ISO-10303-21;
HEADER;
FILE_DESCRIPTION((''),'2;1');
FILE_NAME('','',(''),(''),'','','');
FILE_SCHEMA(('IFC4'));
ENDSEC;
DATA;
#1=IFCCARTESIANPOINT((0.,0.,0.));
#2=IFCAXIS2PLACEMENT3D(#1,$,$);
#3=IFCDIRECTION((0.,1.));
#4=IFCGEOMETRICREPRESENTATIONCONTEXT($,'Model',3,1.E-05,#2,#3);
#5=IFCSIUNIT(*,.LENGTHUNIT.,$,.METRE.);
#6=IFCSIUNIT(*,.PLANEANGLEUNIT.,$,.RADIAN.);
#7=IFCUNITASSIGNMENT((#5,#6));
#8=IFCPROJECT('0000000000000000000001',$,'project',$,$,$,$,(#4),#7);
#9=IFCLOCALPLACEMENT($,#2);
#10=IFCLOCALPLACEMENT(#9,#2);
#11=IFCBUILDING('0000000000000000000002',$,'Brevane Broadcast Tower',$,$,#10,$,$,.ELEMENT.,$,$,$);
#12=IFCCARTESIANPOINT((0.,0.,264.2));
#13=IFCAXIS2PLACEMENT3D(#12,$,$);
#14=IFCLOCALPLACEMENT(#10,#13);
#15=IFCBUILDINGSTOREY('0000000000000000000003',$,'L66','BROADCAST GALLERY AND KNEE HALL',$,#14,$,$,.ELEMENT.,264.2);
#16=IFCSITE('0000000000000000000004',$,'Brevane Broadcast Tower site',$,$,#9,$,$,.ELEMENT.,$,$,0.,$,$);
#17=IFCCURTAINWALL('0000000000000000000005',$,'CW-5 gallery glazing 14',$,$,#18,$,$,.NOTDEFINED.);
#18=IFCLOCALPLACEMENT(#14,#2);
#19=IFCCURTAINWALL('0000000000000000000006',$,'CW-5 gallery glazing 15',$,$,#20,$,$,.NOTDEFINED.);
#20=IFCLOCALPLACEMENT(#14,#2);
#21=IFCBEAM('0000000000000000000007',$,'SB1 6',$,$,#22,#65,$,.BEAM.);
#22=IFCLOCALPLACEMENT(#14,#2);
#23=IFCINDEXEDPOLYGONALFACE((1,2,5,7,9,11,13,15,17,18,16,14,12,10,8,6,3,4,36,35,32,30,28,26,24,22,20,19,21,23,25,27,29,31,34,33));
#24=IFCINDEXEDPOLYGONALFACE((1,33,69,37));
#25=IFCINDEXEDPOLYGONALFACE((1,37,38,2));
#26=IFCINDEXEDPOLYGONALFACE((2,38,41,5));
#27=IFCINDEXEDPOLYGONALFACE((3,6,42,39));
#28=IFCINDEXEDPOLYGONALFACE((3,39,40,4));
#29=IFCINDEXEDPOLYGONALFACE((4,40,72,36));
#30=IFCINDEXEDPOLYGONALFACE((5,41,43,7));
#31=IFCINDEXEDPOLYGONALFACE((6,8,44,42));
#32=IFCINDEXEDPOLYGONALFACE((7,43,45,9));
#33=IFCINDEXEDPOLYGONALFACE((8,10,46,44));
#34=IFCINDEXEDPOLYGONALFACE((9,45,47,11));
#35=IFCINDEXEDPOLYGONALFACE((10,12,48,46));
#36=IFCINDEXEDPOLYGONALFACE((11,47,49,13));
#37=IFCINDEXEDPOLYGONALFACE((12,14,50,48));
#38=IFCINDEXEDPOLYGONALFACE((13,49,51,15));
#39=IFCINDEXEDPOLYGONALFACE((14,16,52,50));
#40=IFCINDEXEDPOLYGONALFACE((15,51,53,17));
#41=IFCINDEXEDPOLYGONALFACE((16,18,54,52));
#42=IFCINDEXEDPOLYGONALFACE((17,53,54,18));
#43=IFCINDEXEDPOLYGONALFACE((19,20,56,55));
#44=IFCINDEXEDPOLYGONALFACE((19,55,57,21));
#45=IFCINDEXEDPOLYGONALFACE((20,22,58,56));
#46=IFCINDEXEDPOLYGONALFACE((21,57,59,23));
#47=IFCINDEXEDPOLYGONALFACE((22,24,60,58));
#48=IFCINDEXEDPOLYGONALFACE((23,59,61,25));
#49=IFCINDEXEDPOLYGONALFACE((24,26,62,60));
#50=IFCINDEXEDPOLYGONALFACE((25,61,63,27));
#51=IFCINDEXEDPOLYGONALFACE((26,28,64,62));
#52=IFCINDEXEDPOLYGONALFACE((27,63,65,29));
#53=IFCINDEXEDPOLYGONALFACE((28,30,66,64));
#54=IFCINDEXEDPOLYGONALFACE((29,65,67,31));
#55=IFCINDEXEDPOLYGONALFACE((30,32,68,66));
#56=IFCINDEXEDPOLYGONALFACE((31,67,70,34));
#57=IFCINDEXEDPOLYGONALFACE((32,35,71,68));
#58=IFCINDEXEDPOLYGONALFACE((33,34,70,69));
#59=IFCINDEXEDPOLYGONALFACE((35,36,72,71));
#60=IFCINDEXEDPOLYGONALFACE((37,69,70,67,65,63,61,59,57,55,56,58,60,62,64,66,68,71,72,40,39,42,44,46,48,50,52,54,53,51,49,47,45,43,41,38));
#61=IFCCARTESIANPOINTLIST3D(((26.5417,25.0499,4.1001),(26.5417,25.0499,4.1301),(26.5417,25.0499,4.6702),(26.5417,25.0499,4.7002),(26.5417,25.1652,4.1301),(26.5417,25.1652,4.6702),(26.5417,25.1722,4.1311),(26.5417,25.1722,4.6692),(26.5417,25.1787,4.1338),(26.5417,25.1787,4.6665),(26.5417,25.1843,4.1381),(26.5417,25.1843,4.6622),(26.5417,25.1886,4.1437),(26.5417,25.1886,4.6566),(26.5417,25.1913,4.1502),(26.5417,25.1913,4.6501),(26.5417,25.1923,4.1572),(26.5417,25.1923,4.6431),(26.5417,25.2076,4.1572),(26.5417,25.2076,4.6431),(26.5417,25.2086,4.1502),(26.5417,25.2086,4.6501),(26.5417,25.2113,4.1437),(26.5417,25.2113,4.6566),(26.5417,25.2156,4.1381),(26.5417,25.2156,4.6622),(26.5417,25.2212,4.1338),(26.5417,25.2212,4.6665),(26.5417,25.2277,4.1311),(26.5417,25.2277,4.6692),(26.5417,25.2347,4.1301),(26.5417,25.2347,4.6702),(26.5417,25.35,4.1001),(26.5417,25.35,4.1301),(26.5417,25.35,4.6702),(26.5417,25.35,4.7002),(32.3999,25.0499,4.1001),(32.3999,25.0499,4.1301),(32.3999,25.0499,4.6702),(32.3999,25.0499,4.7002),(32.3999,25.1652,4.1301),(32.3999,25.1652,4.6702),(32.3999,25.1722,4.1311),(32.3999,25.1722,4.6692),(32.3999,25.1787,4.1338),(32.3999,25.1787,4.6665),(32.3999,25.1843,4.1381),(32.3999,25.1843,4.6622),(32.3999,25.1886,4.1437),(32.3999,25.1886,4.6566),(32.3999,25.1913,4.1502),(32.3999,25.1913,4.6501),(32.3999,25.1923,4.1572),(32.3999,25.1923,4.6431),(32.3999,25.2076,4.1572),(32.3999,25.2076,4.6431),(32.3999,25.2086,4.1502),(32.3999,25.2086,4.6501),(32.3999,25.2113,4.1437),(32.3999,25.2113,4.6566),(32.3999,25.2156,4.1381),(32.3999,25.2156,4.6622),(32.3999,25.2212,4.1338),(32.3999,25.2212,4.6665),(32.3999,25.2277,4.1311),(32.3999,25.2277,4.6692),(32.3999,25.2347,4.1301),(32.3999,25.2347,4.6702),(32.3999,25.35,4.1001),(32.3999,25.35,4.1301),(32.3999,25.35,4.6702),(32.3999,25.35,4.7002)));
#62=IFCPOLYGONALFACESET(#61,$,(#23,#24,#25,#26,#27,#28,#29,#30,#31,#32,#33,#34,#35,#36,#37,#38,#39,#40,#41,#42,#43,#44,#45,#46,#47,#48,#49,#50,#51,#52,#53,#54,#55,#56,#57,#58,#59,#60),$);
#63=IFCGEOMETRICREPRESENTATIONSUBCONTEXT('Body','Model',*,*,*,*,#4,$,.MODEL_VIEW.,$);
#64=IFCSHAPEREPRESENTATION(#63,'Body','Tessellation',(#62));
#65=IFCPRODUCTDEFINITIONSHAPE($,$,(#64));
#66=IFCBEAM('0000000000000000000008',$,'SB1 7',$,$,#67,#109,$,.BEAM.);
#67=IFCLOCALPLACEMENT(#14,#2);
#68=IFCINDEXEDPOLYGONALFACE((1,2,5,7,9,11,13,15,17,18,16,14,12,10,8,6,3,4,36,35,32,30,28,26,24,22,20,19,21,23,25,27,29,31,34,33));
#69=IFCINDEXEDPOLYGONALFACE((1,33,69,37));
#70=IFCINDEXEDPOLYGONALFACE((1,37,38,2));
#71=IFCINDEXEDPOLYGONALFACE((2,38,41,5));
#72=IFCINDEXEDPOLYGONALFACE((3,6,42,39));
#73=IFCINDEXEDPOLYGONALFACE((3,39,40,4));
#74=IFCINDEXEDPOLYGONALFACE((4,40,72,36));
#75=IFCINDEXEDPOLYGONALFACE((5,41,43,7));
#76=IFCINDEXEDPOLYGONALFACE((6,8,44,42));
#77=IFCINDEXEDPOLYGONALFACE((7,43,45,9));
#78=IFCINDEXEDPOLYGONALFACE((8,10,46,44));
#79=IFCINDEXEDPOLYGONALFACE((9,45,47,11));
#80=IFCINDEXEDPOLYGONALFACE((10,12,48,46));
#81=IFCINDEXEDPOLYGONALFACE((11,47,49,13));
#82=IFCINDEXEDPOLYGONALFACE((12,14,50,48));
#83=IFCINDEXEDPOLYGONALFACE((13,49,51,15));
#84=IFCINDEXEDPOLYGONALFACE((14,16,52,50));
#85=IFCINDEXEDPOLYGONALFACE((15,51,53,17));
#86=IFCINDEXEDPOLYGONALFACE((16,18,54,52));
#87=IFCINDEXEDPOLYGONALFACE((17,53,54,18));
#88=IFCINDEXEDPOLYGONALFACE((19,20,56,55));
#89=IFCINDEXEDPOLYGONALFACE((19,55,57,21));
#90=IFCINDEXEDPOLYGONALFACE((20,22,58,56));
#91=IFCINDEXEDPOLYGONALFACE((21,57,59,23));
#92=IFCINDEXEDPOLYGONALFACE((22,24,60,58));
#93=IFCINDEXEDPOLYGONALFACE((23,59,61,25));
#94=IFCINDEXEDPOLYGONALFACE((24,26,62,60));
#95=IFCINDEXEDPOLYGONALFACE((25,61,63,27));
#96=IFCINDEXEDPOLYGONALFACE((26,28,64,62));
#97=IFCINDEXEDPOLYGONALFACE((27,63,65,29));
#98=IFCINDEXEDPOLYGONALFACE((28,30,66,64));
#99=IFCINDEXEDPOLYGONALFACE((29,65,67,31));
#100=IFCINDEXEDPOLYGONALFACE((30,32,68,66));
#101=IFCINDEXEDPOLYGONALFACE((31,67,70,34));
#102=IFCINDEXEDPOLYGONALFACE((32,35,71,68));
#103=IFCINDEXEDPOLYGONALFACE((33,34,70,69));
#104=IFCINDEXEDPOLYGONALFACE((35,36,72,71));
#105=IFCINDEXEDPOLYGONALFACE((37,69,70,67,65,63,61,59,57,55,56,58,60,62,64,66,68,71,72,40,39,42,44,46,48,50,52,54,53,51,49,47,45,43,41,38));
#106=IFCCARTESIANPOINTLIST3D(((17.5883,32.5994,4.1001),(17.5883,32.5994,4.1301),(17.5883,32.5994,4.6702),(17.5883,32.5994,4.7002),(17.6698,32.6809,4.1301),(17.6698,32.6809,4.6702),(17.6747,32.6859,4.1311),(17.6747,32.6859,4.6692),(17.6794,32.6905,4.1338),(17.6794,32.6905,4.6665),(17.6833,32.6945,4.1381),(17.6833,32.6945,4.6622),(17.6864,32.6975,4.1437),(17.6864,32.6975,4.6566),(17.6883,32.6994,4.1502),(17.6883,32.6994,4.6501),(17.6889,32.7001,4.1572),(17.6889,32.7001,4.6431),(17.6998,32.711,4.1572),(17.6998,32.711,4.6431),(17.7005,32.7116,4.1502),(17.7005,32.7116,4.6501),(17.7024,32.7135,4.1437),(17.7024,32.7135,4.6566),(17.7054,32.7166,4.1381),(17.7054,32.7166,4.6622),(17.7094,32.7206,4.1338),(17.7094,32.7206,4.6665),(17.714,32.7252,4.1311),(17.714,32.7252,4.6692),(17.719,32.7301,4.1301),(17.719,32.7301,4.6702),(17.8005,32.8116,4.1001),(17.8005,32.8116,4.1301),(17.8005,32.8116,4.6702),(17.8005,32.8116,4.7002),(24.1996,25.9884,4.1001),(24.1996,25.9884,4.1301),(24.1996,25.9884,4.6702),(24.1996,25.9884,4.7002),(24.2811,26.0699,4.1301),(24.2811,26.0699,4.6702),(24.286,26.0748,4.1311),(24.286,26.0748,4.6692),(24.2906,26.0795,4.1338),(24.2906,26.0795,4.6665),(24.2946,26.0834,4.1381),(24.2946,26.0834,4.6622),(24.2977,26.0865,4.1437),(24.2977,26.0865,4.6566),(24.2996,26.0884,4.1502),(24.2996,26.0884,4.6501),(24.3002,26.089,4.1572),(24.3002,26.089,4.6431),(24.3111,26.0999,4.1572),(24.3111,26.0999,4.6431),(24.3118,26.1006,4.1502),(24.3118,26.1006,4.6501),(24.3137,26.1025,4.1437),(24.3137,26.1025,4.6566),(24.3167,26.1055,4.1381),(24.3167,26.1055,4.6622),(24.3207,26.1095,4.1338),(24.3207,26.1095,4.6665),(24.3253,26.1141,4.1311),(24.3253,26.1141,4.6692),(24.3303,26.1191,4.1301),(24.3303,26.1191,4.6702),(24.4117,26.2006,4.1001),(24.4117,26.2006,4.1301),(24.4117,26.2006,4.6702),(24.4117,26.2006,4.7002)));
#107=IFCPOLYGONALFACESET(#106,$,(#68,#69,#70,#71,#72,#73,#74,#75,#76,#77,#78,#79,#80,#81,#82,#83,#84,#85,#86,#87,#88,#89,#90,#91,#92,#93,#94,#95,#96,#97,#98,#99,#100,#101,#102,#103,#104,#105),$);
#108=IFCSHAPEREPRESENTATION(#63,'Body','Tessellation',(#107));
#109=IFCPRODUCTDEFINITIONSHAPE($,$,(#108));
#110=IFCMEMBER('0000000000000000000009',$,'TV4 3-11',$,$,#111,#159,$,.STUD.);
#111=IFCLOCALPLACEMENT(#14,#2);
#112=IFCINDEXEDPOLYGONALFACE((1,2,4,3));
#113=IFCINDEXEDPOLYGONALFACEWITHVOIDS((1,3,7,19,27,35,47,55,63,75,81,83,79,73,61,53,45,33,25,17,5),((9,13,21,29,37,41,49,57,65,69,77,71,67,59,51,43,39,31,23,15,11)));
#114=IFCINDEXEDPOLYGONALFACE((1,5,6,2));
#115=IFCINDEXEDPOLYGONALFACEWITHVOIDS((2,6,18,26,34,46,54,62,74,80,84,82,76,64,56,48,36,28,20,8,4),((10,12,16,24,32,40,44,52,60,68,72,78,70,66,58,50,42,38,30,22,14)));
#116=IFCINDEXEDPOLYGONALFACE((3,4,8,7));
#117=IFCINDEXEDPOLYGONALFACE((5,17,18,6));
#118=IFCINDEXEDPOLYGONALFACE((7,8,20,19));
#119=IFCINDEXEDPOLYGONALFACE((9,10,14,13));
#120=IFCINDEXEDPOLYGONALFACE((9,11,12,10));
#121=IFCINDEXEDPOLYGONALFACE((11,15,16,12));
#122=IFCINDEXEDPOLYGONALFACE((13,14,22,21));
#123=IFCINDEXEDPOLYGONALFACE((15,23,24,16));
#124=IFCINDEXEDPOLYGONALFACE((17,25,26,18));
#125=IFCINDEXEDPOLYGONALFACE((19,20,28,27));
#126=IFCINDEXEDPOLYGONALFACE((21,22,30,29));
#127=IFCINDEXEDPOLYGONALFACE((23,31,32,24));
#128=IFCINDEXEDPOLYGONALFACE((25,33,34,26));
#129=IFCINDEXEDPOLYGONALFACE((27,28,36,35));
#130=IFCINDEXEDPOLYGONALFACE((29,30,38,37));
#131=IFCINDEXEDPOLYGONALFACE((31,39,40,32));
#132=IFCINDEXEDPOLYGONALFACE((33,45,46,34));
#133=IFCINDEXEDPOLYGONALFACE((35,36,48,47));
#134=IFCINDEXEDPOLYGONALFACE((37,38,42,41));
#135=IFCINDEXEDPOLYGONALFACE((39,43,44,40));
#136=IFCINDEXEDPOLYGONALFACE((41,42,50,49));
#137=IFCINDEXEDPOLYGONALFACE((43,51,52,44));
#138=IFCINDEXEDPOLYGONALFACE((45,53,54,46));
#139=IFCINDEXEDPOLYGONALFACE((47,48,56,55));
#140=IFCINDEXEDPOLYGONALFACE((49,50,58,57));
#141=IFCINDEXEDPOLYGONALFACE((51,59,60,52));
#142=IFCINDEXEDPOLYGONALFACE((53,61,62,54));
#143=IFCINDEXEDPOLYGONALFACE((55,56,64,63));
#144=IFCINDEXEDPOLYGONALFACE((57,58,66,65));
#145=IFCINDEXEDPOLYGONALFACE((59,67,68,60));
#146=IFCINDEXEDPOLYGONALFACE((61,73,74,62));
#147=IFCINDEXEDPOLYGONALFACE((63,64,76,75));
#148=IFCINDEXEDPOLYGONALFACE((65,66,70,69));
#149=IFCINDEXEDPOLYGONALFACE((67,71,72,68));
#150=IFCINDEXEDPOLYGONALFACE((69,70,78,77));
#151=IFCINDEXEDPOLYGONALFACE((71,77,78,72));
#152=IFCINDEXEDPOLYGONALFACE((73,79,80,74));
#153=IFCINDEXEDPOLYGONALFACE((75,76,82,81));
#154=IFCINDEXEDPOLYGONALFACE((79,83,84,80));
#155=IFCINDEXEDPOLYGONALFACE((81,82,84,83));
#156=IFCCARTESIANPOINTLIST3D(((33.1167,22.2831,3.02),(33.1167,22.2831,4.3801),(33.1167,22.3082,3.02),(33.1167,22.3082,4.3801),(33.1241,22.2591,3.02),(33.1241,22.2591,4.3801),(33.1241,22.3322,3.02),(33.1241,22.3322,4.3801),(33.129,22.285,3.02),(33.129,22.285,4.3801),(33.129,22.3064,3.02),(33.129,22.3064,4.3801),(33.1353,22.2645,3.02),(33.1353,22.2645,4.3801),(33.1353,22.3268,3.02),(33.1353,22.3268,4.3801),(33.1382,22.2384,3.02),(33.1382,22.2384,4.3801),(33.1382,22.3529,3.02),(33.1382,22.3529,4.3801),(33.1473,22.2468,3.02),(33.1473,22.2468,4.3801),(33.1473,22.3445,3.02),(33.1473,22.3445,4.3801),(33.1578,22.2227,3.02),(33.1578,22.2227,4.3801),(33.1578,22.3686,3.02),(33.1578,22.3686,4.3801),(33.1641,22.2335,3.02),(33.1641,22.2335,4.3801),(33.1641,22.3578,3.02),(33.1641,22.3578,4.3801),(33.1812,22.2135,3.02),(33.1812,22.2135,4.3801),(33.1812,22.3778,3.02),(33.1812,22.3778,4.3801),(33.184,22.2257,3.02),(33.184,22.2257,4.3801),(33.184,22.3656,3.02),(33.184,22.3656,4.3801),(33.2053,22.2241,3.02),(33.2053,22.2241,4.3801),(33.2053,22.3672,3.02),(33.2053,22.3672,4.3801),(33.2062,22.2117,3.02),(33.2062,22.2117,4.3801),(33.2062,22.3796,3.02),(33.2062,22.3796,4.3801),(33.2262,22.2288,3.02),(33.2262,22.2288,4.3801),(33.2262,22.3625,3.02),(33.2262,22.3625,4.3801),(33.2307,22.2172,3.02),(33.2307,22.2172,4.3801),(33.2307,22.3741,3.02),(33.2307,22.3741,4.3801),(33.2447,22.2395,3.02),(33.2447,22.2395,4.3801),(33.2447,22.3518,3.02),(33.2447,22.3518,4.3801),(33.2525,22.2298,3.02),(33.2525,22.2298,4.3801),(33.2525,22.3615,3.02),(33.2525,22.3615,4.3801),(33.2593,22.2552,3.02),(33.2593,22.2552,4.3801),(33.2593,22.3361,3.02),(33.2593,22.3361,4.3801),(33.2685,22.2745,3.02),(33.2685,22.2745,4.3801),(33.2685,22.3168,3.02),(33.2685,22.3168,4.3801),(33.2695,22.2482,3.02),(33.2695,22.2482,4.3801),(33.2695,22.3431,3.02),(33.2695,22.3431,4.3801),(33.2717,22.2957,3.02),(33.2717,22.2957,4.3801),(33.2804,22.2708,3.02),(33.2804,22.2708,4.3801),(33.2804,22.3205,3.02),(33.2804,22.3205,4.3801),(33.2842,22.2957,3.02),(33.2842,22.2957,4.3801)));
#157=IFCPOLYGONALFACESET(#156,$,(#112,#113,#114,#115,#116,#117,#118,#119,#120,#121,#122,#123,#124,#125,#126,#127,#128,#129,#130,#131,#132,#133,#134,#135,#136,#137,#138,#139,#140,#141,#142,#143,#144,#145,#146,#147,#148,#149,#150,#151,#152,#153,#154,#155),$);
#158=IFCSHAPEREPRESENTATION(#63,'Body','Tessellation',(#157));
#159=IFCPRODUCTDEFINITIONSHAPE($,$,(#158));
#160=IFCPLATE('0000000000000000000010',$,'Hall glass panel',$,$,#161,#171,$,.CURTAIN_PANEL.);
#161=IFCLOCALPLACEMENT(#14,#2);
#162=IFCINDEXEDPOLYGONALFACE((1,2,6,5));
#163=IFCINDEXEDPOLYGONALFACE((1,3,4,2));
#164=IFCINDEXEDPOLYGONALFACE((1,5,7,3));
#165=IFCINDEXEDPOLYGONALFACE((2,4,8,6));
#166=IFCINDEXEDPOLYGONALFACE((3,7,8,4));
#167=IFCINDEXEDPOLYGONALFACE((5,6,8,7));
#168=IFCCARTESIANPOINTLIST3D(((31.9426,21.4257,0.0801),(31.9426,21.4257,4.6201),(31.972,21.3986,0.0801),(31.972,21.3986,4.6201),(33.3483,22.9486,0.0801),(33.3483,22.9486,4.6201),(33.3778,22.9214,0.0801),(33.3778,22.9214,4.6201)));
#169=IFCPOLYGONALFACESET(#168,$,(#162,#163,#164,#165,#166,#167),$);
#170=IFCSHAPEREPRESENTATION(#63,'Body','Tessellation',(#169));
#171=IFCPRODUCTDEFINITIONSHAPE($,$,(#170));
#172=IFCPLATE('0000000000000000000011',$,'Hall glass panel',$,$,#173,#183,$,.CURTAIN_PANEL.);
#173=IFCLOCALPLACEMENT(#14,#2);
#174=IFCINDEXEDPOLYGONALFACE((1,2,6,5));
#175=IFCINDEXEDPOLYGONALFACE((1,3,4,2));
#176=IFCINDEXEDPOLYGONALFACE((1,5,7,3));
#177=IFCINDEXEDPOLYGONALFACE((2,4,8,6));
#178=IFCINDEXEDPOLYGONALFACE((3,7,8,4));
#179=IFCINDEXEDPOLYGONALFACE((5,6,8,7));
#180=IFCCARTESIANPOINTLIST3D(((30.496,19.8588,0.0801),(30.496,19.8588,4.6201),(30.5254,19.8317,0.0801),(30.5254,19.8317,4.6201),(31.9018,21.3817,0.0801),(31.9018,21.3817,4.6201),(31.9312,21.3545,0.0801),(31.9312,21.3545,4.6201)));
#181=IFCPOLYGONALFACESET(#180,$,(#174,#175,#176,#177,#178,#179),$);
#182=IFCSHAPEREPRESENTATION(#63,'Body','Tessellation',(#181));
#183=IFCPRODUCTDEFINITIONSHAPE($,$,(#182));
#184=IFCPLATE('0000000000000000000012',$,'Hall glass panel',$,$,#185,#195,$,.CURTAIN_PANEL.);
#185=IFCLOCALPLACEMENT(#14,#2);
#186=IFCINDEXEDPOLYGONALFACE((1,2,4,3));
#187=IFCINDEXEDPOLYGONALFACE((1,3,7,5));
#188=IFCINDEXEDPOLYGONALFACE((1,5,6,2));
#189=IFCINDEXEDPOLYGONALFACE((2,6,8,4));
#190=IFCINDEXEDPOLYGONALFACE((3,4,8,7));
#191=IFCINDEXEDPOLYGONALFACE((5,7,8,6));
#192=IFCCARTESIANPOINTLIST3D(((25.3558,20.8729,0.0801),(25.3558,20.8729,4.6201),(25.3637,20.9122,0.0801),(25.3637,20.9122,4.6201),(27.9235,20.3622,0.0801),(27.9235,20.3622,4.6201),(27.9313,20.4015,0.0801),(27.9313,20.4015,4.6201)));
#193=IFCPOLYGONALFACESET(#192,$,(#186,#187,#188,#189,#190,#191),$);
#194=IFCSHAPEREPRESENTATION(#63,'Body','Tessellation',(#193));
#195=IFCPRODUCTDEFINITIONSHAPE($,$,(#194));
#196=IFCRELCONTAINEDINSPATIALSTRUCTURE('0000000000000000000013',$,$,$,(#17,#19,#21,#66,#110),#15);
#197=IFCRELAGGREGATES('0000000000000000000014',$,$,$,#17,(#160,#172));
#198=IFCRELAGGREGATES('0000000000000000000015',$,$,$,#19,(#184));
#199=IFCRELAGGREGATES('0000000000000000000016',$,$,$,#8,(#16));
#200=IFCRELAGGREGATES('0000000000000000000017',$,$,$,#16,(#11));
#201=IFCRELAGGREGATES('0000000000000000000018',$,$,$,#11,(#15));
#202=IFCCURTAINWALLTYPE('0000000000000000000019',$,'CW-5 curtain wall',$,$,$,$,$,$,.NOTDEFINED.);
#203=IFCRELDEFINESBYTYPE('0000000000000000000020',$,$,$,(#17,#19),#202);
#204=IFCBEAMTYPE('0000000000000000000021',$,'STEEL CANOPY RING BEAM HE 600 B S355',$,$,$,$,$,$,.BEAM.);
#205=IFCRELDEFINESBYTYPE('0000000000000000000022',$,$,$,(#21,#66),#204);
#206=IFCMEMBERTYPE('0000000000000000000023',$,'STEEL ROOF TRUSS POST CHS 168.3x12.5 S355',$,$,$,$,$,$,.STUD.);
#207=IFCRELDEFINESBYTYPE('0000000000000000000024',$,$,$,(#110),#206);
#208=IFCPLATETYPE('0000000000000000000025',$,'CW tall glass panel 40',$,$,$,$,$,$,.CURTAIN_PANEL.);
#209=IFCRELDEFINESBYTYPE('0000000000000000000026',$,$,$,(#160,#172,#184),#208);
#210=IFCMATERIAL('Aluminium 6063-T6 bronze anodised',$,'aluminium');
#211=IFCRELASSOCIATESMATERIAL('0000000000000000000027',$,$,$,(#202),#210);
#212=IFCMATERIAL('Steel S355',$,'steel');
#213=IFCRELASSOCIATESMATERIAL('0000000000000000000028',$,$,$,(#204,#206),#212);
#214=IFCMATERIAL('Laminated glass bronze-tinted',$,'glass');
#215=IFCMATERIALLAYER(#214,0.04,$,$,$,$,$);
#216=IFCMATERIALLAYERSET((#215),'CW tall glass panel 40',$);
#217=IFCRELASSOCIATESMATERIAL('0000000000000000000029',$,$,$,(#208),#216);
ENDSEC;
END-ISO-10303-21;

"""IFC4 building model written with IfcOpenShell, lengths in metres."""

from ifc_helpers import new_model, si_unit, direction, frame, origin, origin_2d, place, context, subcontext, project, spatial, rectangle, hollow_circle, i_section, extrude, material, layer, layer_set, material_profile, profile_set, type_object, element, aggregate, save


model = new_model("IFC4")

# Units and contexts
model_context = context("Model", 3, precision=1e-05, world=origin(), true_north=direction((0.0, 1.0)))
body_context = subcontext(model_context, "Body", "Model", "MODEL_VIEW")
ifc_project = project(units=[si_unit("LENGTHUNIT", "METRE"), si_unit("PLANEANGLEUNIT", "RADIAN")], contexts=[model_context])

# Site, building, storey
site_placement = place(None, origin())
site = spatial("IfcSite", under=ifc_project, at=site_placement, Name="Brevane Broadcast Tower site", CompositionType="ELEMENT", RefElevation=0.0)
building_placement = place(site_placement, origin())
building = spatial("IfcBuilding", under=site, at=building_placement, Name="Brevane Broadcast Tower", CompositionType="ELEMENT")
storey_placement = place(building_placement, frame((0.0, 0.0, 264.2)))
storey = spatial("IfcBuildingStorey", under=building, at=storey_placement, Name="L66", Description="BROADCAST GALLERY AND KNEE HALL", CompositionType="ELEMENT", Elevation=264.2)

# Shared definitions
ifc_material_1 = material(Name="Steel S355", Category="steel")

# Curtain walls
ifc_material_2 = material(Name="Aluminium 6063-T6 bronze anodised", Category="aluminium")
curtain_wall_type = type_object("IfcCurtainWallType", Name="CW-5 curtain wall", PredefinedType="NOTDEFINED", material=ifc_material_2)
curtain_wall_1_placement = place(storey_placement, origin())
curtain_wall_1 = element("IfcCurtainWall", 1, at=curtain_wall_1_placement, inside=storey, type_object=curtain_wall_type, Name="CW-5 gallery glazing 14", PredefinedType="NOTDEFINED")
curtain_wall_2_placement = place(storey_placement, origin())
curtain_wall_2 = element("IfcCurtainWall", 2, at=curtain_wall_2_placement, inside=storey, type_object=curtain_wall_type, Name="CW-5 gallery glazing 15", PredefinedType="NOTDEFINED")

# Beams
ifc_material_profile_1 = material_profile(ifc_material_1, i_section(OverallWidth=0.3, OverallDepth=0.6001, WebThickness=0.0154, FlangeThickness=0.03, FilletRadius=0.0271, at=origin_2d()), Name="HE 600 B")
ifc_profile_set_1 = profile_set([ifc_material_profile_1], Name="Steel S355")
beam_type_1 = type_object("IfcBeamType", Name="STEEL CANOPY RING BEAM HE 600 B S355", PredefinedType="BEAM", material=ifc_profile_set_1)
beam_1_placement = place(storey_placement, frame((32.3999, 25.2, 4.4001), z_axis=(-1.0, 0.0, 0.0), x_axis=(0.0, -1.0, 0.0)))
element("IfcBeam", 3, at=beam_1_placement, inside=storey, type_object=beam_type_1, Name="SB1 6", PredefinedType="BEAM", context=body_context, shape_type="SweptSolid", body=[
    extrude(i_section(OverallWidth=0.3, OverallDepth=0.6001, WebThickness=0.0154, FlangeThickness=0.03, FilletRadius=0.0271, at=origin_2d()), origin(), (0.0, 0.0, 1.0), 5.8582),
])
beam_2_placement = place(storey_placement, frame((24.3057, 26.0945, 4.4001), z_axis=(-0.70712, 0.707094, 0.0), x_axis=(-0.707094, -0.70712, 0.0)))
element("IfcBeam", 4, at=beam_2_placement, inside=storey, type_object=beam_type_1, Name="SB1 7", PredefinedType="BEAM", context=body_context, shape_type="SweptSolid", body=[
    extrude(i_section(OverallWidth=0.3, OverallDepth=0.6001, WebThickness=0.0154, FlangeThickness=0.03, FilletRadius=0.0271, at=origin_2d()), origin(), (0.0, 0.0, 1.0), 9.3496),
])

# Member
ifc_material_profile_2 = material_profile(ifc_material_1, hollow_circle(Radius=0.0842, WallThickness=0.0125, at=origin_2d()), Name="CHS 168.3x12.5")
ifc_profile_set_2 = profile_set([ifc_material_profile_2], Name="Steel S355")
member_type_1 = type_object("IfcMemberType", Name="STEEL ROOF TRUSS POST CHS 168.3x12.5 S355", PredefinedType="STUD", material=ifc_profile_set_2)
member_1_placement = place(storey_placement, frame((33.2, 22.2957, 3.02), z_axis=(0.0, 0.0, 1.0), x_axis=(1.0, 0.0, 0.0)))
element("IfcMember", 5, at=member_1_placement, inside=storey, type_object=member_type_1, Name="TV4 3-11", PredefinedType="STUD", context=body_context, shape_type="SweptSolid", body=[
    extrude(hollow_circle(Radius=0.0842, WallThickness=0.0125, at=origin_2d()), origin(), (0.0, 0.0, 1.0), 1.3601),
])

# Plates
ifc_material_3 = material(Name="Laminated glass bronze-tinted", Category="glass")
ifc_layer_1 = layer(ifc_material_3, 0.04)
ifc_layer_set_1 = layer_set([ifc_layer_1], Name="CW tall glass panel 40")
plate_type_1 = type_object("IfcPlateType", Name="CW tall glass panel 40", PredefinedType="CURTAIN_PANEL", material=ifc_layer_set_1)
plate_1_placement = place(storey_placement, frame((32.6602, 22.1736, 0.0801), z_axis=(0.0, 0.0, 1.0), x_axis=(-0.6783, -0.734785, 0.0)))
plate_1 = element("IfcPlate", 6, at=plate_1_placement, type_object=plate_type_1, Name="Hall glass panel", PredefinedType="CURTAIN_PANEL", context=body_context, shape_type="SweptSolid", body=[
    extrude(rectangle(XDim=2.0725, YDim=0.04, at=origin_2d()), origin(), (0.0, 0.0, 1.0), 4.54),
])
plate_2_placement = place(storey_placement, frame((31.2136, 20.6067, 0.0801), z_axis=(0.0, 0.0, 1.0), x_axis=(-0.6783, -0.734785, 0.0)))
plate_2 = element("IfcPlate", 7, at=plate_2_placement, type_object=plate_type_1, Name="Hall glass panel", PredefinedType="CURTAIN_PANEL", context=body_context, shape_type="SweptSolid", body=[
    extrude(rectangle(XDim=2.0725, YDim=0.04, at=origin_2d()), origin(), (0.0, 0.0, 1.0), 4.54),
])
aggregate(curtain_wall_1, [plate_1, plate_2])
plate_3_placement = place(storey_placement, frame((26.6436, 20.6372, 0.0801), z_axis=(0.0, 0.0, 1.0), x_axis=(-0.980785, 0.19509, 0.0)))
plate_3 = element("IfcPlate", 8, at=plate_3_placement, type_object=plate_type_1, Name="Hall glass panel", PredefinedType="CURTAIN_PANEL", context=body_context, shape_type="SweptSolid", body=[
    extrude(rectangle(XDim=2.6179, YDim=0.04, at=origin_2d()), origin(), (0.0, 0.0, 1.0), 4.54),
])
aggregate(curtain_wall_2, [plate_3])

save(model, "model.ifc")
